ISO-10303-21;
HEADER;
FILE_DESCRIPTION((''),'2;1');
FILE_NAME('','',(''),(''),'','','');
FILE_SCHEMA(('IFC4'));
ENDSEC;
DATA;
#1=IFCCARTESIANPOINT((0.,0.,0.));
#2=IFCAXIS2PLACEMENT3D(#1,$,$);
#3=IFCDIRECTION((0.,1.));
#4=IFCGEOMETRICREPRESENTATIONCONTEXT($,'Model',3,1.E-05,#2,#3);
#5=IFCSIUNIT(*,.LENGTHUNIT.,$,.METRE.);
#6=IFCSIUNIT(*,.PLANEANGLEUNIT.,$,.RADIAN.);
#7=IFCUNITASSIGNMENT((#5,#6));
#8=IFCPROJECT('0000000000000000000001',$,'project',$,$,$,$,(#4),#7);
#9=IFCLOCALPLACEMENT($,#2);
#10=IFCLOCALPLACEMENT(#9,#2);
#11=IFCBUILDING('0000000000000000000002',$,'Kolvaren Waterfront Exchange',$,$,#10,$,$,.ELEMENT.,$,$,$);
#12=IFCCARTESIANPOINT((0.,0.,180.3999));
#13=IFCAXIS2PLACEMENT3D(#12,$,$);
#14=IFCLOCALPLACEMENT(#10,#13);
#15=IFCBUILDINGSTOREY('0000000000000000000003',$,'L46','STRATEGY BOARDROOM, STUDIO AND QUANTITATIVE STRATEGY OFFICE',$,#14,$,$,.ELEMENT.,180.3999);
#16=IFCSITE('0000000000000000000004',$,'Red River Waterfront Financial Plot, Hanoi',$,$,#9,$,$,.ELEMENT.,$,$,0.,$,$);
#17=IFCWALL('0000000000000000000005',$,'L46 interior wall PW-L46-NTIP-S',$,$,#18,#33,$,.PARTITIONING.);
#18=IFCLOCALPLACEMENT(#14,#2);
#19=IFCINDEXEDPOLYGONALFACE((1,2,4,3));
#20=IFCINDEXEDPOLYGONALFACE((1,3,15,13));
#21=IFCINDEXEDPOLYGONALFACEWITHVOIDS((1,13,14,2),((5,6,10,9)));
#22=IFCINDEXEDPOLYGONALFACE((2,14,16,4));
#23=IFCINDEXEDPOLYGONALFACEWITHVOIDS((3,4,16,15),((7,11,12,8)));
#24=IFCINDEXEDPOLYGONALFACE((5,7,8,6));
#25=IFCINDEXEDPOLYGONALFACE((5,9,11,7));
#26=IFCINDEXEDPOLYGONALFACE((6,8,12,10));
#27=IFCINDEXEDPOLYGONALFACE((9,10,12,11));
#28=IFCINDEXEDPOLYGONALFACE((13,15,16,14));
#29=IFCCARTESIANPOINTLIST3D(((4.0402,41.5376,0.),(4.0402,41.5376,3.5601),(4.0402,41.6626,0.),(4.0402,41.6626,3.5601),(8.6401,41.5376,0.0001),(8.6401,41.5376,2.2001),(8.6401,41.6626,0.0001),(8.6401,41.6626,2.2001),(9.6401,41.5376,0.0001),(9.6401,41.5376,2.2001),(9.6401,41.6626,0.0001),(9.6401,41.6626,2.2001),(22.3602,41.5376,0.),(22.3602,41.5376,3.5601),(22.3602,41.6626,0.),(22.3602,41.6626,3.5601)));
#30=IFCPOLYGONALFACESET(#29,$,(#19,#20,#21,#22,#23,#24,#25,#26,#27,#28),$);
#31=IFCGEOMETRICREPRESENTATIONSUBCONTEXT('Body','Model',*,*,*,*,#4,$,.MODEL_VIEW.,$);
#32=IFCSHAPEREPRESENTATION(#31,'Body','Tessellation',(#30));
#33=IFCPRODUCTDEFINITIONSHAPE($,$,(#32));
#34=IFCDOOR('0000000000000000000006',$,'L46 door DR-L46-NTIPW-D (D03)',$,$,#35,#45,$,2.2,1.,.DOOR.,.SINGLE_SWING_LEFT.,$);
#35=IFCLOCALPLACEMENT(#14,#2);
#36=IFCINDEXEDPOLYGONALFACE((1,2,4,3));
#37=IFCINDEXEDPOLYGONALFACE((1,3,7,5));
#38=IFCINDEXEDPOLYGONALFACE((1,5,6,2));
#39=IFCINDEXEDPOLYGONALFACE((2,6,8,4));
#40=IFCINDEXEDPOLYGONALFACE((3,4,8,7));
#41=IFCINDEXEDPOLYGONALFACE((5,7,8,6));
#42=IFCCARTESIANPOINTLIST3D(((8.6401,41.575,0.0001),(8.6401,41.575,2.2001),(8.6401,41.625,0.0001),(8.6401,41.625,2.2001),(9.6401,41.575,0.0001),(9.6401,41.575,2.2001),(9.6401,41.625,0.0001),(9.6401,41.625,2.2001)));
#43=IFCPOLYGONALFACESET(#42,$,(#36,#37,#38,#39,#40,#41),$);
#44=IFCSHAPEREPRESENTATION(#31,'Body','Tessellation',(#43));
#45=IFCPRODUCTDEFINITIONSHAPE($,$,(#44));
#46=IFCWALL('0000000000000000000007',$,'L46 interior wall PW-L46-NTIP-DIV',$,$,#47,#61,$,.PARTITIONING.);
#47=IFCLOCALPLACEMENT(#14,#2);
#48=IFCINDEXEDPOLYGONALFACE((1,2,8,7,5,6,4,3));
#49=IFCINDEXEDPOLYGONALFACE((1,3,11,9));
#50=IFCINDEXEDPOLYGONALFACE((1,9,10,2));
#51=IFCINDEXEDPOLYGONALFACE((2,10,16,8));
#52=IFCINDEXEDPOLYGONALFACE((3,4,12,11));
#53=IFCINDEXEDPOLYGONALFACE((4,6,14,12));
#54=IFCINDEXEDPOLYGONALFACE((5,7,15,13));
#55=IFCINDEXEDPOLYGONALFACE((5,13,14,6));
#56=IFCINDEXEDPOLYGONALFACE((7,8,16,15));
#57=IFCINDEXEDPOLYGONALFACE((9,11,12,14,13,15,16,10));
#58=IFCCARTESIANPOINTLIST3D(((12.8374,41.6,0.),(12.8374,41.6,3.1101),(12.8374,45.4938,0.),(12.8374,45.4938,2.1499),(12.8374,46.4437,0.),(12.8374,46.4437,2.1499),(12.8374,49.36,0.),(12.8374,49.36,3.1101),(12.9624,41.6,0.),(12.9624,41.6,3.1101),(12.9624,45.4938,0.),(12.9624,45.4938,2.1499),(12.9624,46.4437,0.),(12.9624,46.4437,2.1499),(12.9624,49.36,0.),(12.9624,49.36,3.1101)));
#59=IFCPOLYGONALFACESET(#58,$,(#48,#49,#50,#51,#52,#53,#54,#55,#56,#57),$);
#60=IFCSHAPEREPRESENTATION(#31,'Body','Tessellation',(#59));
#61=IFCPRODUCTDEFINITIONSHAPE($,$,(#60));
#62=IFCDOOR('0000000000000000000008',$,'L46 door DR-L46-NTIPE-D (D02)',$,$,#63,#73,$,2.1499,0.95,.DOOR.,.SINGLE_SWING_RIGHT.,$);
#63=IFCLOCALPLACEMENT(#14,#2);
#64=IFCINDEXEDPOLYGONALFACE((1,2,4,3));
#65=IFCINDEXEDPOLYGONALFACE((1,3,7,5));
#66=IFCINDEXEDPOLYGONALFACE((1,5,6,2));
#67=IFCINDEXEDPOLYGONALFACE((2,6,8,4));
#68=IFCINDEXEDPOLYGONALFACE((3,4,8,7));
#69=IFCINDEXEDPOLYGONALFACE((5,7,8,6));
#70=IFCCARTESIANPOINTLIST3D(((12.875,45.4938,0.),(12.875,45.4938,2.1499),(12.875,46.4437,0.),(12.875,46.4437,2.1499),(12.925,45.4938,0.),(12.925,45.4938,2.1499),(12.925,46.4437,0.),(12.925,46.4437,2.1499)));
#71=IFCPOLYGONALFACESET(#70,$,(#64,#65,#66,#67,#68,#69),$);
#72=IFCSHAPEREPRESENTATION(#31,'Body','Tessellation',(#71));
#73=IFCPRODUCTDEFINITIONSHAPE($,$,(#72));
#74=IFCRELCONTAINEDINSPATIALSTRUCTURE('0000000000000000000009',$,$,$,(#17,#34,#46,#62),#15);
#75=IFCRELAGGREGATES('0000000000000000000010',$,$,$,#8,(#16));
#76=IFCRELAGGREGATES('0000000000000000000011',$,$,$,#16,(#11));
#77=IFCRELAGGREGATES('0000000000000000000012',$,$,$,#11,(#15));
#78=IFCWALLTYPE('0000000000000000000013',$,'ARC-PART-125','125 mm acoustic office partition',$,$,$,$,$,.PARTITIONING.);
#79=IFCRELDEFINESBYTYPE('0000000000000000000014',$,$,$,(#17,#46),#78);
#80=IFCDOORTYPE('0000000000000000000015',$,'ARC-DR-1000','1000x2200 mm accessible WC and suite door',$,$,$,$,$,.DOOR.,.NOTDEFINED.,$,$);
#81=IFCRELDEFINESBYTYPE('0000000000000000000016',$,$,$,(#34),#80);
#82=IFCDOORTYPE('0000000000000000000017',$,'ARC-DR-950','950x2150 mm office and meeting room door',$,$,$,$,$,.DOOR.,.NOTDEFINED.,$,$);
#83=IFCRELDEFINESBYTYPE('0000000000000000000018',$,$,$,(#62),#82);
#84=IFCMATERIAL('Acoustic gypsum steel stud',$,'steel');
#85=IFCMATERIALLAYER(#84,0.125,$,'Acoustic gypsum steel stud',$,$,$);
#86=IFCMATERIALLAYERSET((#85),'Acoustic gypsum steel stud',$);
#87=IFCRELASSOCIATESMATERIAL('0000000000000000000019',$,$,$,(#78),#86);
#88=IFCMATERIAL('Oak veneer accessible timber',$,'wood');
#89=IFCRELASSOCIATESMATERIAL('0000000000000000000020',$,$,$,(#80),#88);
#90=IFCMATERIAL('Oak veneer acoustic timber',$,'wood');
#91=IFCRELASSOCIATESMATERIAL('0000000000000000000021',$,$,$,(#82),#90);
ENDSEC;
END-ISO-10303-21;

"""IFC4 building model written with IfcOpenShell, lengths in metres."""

from ifc_helpers import new_model, si_unit, direction, frame, frame_2d, origin, place, context, subcontext, project, spatial, rectangle, extrude, material, layer, layer_set, type_object, element, fill, save


model = new_model("IFC4")

# Units and contexts
model_context = context("Model", 3, precision=1e-05, world=origin(), true_north=direction((0.0, 1.0)))
body_context = subcontext(model_context, "Body", "Model", "MODEL_VIEW")
ifc_project = project(units=[si_unit("LENGTHUNIT", "METRE"), si_unit("PLANEANGLEUNIT", "RADIAN")], contexts=[model_context])

# Site, building, storey
site_placement = place(None, origin())
site = spatial("IfcSite", under=ifc_project, at=site_placement, Name="Red River Waterfront Financial Plot, Hanoi", CompositionType="ELEMENT", RefElevation=0.0)
building_placement = place(site_placement, origin())
building = spatial("IfcBuilding", under=site, at=building_placement, Name="Kolvaren Waterfront Exchange", CompositionType="ELEMENT")
storey_placement = place(building_placement, frame((0.0, 0.0, 180.3999)))
storey = spatial("IfcBuildingStorey", under=building, at=storey_placement, Name="L46", Description="STRATEGY BOARDROOM, STUDIO AND QUANTITATIVE STRATEGY OFFICE", CompositionType="ELEMENT", Elevation=180.3999)

# Walls, openings, doors
ifc_material_1 = material(Name="Acoustic gypsum steel stud", Category="steel")
ifc_layer_1 = layer(ifc_material_1, 0.125, Name="Acoustic gypsum steel stud")
ifc_layer_set_1 = layer_set([ifc_layer_1], Name="Acoustic gypsum steel stud")
wall_type_1 = type_object("IfcWallType", Name="ARC-PART-125", Description="125 mm acoustic office partition", PredefinedType="PARTITIONING", material=ifc_layer_set_1)
wall_1_placement = place(storey_placement, frame((4.04, 41.6001, 0.0), z_axis=(0.0, 0.0, 1.0), x_axis=(1.0, 0.0, 0.0)))
wall_1 = element("IfcWall", 1, at=wall_1_placement, inside=storey, type_object=wall_type_1, Name="L46 interior wall PW-L46-NTIP-S", PredefinedType="PARTITIONING", context=body_context, shape_type="SweptSolid", body=[
    extrude(rectangle(XDim=18.3201, YDim=0.125, at=frame_2d((9.1602, 0.0))), origin(), (0.0, 0.0, 1.0), 3.5601),
])
opening_1_placement = place(wall_1_placement, frame((4.6001, 0.0, 0.0)))
opening_1 = element("IfcOpeningElement", 2, at=opening_1_placement, cuts=wall_1, PredefinedType="OPENING", context=body_context, shape_type="SweptSolid", body=[
    extrude(rectangle(XDim=1.0, YDim=2.2, at=frame_2d((0.5, 1.1001))), frame((0.0, 0.0725, 0.0), z_axis=(0.0, -1.0, 0.0), x_axis=(1.0, 0.0, 0.0)), (0.0, 0.0, 1.0), 0.145),
])
ifc_material_2 = material(Name="Oak veneer accessible timber", Category="wood")
door_type_1 = type_object("IfcDoorType", Name="ARC-DR-1000", Description="1000x2200 mm accessible WC and suite door", OperationType="NOTDEFINED", PredefinedType="DOOR", material=ifc_material_2)
door_1_placement = place(opening_1_placement, origin())
door_1 = element("IfcDoor", 3, at=door_1_placement, inside=storey, type_object=door_type_1, Name="L46 door DR-L46-NTIPW-D (D03)", OperationType="SINGLE_SWING_LEFT", OverallHeight=2.2, OverallWidth=1.0, PredefinedType="DOOR", context=body_context, shape_type="SweptSolid", body=[
    extrude(rectangle(XDim=1.0, YDim=2.2, at=frame_2d((0.5, 1.1001))), frame((0.0, 0.0249, 0.0), z_axis=(0.0, -1.0, 0.0), x_axis=(1.0, 0.0, 0.0)), (0.0, 0.0, 1.0), 0.05),
])
fill(opening_1, door_1)
wall_2_placement = place(storey_placement, frame((12.8999, 41.6001, 0.0), z_axis=(0.0, 0.0, 1.0), x_axis=(0.0, 1.0, 0.0)))
wall_2 = element("IfcWall", 4, at=wall_2_placement, inside=storey, type_object=wall_type_1, Name="L46 interior wall PW-L46-NTIP-DIV", PredefinedType="PARTITIONING", context=body_context, shape_type="SweptSolid", body=[
    extrude(rectangle(XDim=7.76, YDim=0.125, at=frame_2d((3.8799, 0.0))), origin(), (0.0, 0.0, 1.0), 3.1101),
])
opening_2_placement = place(wall_2_placement, frame((3.8936, 0.0, 0.0)))
opening_2 = element("IfcOpeningElement", 5, at=opening_2_placement, cuts=wall_2, PredefinedType="OPENING", context=body_context, shape_type="SweptSolid", body=[
    extrude(rectangle(XDim=0.95, YDim=2.1499, at=frame_2d((0.4751, 1.075))), frame((0.0, 0.0725, 0.0), z_axis=(0.0, -1.0, 0.0), x_axis=(1.0, 0.0, 0.0)), (0.0, 0.0, 1.0), 0.145),
])
ifc_material_3 = material(Name="Oak veneer acoustic timber", Category="wood")
door_type_2 = type_object("IfcDoorType", Name="ARC-DR-950", Description="950x2150 mm office and meeting room door", OperationType="NOTDEFINED", PredefinedType="DOOR", material=ifc_material_3)
door_2_placement = place(opening_2_placement, origin())
door_2 = element("IfcDoor", 6, at=door_2_placement, inside=storey, type_object=door_type_2, Name="L46 door DR-L46-NTIPE-D (D02)", OperationType="SINGLE_SWING_RIGHT", OverallHeight=2.1499, OverallWidth=0.95, PredefinedType="DOOR", context=body_context, shape_type="SweptSolid", body=[
    extrude(rectangle(XDim=0.95, YDim=2.1499, at=frame_2d((0.4751, 1.075))), frame((0.0, 0.0249, 0.0), z_axis=(0.0, -1.0, 0.0), x_axis=(1.0, 0.0, 0.0)), (0.0, 0.0, 1.0), 0.05),
])
fill(opening_2, door_2)

save(model, "model.ifc")
